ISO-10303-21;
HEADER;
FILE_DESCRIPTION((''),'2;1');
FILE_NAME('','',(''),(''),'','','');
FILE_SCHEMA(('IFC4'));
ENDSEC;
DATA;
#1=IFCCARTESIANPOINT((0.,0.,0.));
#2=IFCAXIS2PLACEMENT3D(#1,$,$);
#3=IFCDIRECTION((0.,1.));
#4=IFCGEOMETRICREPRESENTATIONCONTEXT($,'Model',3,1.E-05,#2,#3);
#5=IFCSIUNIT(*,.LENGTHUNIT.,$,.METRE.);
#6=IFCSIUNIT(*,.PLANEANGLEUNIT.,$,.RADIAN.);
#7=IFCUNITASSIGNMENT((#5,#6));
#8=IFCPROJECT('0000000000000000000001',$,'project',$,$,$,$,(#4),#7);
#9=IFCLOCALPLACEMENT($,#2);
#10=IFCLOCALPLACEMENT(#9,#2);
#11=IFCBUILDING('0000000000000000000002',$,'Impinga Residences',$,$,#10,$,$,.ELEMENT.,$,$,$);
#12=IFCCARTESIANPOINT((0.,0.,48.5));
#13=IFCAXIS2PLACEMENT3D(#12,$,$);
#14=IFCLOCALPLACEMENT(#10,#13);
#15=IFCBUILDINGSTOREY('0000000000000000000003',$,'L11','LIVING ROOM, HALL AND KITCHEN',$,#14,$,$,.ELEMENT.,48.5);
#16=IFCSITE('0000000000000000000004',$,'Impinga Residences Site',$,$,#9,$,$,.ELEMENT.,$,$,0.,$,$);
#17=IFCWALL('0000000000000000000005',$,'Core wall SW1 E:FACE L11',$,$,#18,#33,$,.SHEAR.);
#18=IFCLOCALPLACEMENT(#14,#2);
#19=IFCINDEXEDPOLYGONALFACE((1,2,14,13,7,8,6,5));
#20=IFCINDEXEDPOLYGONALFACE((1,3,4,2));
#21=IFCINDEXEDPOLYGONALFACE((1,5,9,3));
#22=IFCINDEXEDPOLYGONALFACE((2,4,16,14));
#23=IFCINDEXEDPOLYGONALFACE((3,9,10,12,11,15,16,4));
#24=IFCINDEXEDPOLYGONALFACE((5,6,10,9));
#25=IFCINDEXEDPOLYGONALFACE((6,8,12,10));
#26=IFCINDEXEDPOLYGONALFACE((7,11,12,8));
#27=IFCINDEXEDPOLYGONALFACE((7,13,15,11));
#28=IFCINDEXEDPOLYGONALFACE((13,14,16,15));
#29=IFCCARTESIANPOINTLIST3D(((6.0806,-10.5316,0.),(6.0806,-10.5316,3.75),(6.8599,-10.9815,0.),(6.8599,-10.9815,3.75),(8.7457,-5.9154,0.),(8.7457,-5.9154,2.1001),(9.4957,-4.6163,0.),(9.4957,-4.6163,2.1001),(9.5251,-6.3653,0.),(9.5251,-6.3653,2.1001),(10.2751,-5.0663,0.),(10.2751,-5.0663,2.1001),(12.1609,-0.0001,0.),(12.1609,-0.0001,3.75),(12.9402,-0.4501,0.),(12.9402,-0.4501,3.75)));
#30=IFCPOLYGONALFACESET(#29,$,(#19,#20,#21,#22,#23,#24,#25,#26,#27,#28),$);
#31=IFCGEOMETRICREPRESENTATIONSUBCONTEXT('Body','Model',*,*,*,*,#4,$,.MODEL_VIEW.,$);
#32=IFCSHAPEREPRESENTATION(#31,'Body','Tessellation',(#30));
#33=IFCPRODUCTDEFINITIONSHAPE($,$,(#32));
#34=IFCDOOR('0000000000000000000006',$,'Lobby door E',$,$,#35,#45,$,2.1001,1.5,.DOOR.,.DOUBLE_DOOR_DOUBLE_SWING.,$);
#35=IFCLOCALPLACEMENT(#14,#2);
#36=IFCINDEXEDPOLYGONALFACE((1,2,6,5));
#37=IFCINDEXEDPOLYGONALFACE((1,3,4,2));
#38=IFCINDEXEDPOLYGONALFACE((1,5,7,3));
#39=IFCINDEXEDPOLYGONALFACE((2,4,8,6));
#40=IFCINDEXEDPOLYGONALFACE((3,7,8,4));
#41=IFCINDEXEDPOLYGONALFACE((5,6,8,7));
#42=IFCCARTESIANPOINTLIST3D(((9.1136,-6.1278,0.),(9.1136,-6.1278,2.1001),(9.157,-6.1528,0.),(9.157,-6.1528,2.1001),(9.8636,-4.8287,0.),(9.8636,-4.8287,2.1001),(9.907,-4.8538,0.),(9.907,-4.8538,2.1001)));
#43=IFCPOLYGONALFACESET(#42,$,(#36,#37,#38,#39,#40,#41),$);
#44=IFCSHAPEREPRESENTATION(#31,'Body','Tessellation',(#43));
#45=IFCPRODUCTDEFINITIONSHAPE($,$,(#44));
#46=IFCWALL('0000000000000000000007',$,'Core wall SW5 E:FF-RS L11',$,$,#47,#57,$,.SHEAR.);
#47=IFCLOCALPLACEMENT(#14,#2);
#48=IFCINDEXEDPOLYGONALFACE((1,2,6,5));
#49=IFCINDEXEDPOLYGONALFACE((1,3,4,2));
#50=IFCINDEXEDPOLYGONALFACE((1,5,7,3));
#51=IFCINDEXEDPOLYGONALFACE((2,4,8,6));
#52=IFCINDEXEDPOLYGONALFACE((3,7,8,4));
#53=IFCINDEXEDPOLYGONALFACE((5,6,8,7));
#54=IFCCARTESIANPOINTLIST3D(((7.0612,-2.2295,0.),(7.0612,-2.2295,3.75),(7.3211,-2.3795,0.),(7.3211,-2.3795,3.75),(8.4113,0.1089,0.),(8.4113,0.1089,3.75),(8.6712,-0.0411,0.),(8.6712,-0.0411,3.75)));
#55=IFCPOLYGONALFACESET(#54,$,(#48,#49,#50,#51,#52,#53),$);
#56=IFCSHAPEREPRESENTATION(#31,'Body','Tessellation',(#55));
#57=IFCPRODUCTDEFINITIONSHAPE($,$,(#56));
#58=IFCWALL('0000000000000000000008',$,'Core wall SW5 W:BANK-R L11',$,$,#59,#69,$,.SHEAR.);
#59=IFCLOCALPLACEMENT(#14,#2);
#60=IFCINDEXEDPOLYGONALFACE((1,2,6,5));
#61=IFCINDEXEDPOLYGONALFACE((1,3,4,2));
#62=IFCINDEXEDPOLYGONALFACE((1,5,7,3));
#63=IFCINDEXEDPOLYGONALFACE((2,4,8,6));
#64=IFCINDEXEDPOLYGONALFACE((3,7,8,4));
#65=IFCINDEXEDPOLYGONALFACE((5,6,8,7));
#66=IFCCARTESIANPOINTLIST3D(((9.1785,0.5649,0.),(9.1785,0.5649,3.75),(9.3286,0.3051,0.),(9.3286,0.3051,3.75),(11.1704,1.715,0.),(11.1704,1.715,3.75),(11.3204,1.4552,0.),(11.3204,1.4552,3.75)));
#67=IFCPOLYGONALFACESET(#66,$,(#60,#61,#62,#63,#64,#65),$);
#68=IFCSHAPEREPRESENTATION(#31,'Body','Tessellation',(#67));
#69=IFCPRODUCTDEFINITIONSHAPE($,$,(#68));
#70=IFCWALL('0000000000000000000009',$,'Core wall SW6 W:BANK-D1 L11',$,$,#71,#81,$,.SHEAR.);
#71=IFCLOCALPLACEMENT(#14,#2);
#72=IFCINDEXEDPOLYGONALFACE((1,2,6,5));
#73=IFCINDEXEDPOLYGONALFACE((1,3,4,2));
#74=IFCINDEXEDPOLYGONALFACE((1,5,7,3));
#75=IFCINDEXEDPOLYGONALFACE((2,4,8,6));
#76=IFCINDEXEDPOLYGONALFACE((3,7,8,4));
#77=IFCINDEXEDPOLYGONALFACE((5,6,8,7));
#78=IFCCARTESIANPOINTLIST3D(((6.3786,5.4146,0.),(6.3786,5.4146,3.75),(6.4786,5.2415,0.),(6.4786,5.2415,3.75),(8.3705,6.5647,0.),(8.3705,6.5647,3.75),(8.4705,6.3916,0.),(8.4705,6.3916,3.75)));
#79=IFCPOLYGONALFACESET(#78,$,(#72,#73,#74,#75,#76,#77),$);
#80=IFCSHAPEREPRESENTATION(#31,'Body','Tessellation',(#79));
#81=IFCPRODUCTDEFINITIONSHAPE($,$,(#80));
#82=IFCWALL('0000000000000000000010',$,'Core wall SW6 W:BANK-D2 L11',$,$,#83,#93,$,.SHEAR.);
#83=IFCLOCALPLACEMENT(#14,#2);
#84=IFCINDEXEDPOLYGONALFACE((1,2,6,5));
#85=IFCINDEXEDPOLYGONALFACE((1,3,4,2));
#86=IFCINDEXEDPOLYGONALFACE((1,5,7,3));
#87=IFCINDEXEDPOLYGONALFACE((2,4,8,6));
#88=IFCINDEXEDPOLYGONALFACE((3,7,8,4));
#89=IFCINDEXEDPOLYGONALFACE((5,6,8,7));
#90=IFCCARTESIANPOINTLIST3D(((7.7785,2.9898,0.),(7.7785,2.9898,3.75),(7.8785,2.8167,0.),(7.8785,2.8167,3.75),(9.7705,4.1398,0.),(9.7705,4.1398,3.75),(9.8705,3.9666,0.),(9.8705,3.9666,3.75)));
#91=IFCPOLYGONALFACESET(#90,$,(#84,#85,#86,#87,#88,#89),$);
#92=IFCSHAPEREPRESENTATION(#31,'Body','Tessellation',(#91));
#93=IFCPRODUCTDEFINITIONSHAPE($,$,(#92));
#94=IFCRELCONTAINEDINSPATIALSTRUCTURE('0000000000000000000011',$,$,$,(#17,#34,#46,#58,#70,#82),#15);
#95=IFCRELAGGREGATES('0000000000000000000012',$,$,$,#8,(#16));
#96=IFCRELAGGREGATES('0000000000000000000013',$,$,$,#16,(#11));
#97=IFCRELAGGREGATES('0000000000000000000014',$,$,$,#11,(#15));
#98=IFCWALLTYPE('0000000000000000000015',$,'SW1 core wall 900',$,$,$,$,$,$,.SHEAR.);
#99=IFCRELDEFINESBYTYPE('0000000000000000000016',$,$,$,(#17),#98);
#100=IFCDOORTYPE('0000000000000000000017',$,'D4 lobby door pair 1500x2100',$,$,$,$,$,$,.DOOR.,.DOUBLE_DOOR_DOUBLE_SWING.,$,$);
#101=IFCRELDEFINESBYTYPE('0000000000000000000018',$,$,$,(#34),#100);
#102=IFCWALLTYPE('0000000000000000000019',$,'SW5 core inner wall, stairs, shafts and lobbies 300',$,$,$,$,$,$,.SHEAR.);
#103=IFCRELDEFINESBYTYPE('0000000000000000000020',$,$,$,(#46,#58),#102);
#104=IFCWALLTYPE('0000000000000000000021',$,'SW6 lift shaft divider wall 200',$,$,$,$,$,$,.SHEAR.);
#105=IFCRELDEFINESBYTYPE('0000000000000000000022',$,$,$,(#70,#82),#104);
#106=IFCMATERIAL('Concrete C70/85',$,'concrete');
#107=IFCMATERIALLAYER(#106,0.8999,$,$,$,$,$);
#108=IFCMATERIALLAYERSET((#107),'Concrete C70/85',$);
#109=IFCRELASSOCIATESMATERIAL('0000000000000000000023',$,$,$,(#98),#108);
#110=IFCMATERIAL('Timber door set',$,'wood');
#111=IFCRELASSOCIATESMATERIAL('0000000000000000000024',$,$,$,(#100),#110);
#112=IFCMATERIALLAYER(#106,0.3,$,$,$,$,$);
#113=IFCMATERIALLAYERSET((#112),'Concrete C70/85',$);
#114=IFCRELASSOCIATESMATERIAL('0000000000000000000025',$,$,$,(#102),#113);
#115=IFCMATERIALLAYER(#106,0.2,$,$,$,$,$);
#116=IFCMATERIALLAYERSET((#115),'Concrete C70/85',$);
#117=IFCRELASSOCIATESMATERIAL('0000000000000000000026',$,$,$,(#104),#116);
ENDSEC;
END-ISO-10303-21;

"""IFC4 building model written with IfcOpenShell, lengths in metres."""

from ifc_helpers import new_model, si_unit, direction, frame, frame_2d, origin, place, context, subcontext, project, spatial, rectangle, extrude, material, layer, layer_set, type_object, element, fill, save


model = new_model("IFC4")

# Units and contexts
model_context = context("Model", 3, precision=1e-05, world=origin(), true_north=direction((0.0, 1.0)))
body_context = subcontext(model_context, "Body", "Model", "MODEL_VIEW")
ifc_project = project(units=[si_unit("LENGTHUNIT", "METRE"), si_unit("PLANEANGLEUNIT", "RADIAN")], contexts=[model_context])

# Site, building, storey
site_placement = place(None, origin())
site = spatial("IfcSite", under=ifc_project, at=site_placement, Name="Impinga Residences Site", CompositionType="ELEMENT", RefElevation=0.0)
building_placement = place(site_placement, origin())
building = spatial("IfcBuilding", under=site, at=building_placement, Name="Impinga Residences", CompositionType="ELEMENT")
storey_placement = place(building_placement, frame((0.0, 0.0, 48.5)))
storey = spatial("IfcBuildingStorey", under=building, at=storey_placement, Name="L11", Description="LIVING ROOM, HALL AND KITCHEN", CompositionType="ELEMENT", Elevation=48.5)

# Shared definitions
ifc_material_1 = material(Name="Concrete C70/85", Category="concrete")

# Shared definitions
ifc_material_2 = material(Name="Timber door set", Category="wood")

# Wall, opening, door
ifc_layer_1 = layer(ifc_material_1, 0.8999)
ifc_layer_set_1 = layer_set([ifc_layer_1], Name="Concrete C70/85")
wall_type_1 = type_object("IfcWallType", Name="SW1 core wall 900", PredefinedType="SHEAR", material=ifc_layer_set_1)
wall_1_placement = place(storey_placement, frame((12.5505, -0.2251, 0.0), z_axis=(0.0, 0.0, 1.0), x_axis=(-0.499998, -0.866027, 0.0)))
wall_1 = element("IfcWall", 1, at=wall_1_placement, inside=storey, type_object=wall_type_1, Name="Core wall SW1 E:FACE L11", PredefinedType="SHEAR", context=body_context, shape_type="SweptSolid", body=[
    extrude(rectangle(XDim=12.1606, YDim=0.8999, at=frame_2d((6.0803, 0.0))), origin(), (0.0, 0.0, 1.0), 3.75),
])
opening_1_placement = place(wall_1_placement, frame((5.3303, 0.0, 0.0)))
opening_1 = element("IfcOpeningElement", 2, at=opening_1_placement, cuts=wall_1, PredefinedType="OPENING", context=body_context, shape_type="SweptSolid", body=[
    extrude(rectangle(XDim=1.5, YDim=2.1001, at=frame_2d((0.75, 1.05))), frame((0.0, 0.46, 0.0), z_axis=(0.0, -1.0, 0.0), x_axis=(1.0, 0.0, 0.0)), (0.0, 0.0, 1.0), 0.9199),
])
door_type_1 = type_object("IfcDoorType", Name="D4 lobby door pair 1500x2100", OperationType="DOUBLE_DOOR_DOUBLE_SWING", PredefinedType="DOOR", material=ifc_material_2)
door_1_placement = place(opening_1_placement, origin())
door_1 = element("IfcDoor", 3, at=door_1_placement, inside=storey, type_object=door_type_1, Name="Lobby door E", OperationType="DOUBLE_DOOR_DOUBLE_SWING", OverallHeight=2.1001, OverallWidth=1.5, PredefinedType="DOOR", context=body_context, shape_type="SweptSolid", body=[
    extrude(rectangle(XDim=1.5, YDim=2.1001, at=frame_2d((0.75, 1.05))), frame((0.0, 0.0249, 0.0), z_axis=(0.0, -1.0, 0.0), x_axis=(1.0, 0.0, 0.0)), (0.0, 0.0, 1.0), 0.05),
])
fill(opening_1, door_1)

# Walls
ifc_layer_2 = layer(ifc_material_1, 0.3)
ifc_layer_set_2 = layer_set([ifc_layer_2], Name="Concrete C70/85")
wall_type_2 = type_object("IfcWallType", Name="SW5 core inner wall, stairs, shafts and lobbies 300", PredefinedType="SHEAR", material=ifc_layer_set_2)
wall_2_placement = place(storey_placement, frame((8.5413, 0.0339, 0.0), z_axis=(0.0, 0.0, 1.0), x_axis=(-0.500009, -0.86602, 0.0)))
element("IfcWall", 4, at=wall_2_placement, inside=storey, type_object=wall_type_2, Name="Core wall SW5 E:FF-RS L11", PredefinedType="SHEAR", context=body_context, shape_type="SweptSolid", body=[
    extrude(rectangle(XDim=2.7002, YDim=0.3, at=frame_2d((1.3501, 0.0))), origin(), (0.0, 0.0, 1.0), 3.75),
])
wall_3_placement = place(storey_placement, frame((9.2537, 0.4351, 0.0), z_axis=(0.0, 0.0, 1.0), x_axis=(0.866007, 0.500032, 0.0)))
element("IfcWall", 5, at=wall_3_placement, inside=storey, type_object=wall_type_2, Name="Core wall SW5 W:BANK-R L11", PredefinedType="SHEAR", context=body_context, shape_type="SweptSolid", body=[
    extrude(rectangle(XDim=2.3, YDim=0.3, at=frame_2d((1.1499, 0.0))), origin(), (0.0, 0.0, 1.0), 3.75),
])
ifc_layer_3 = layer(ifc_material_1, 0.2)
ifc_layer_set_3 = layer_set([ifc_layer_3], Name="Concrete C70/85")
wall_type_3 = type_object("IfcWallType", Name="SW6 lift shaft divider wall 200", PredefinedType="SHEAR", material=ifc_layer_set_3)
for number, where, z_axis, x_axis, name in (
    (6, (6.4287, 5.3281, 0.0), (0.0, 0.0, 1.0), (0.866007, 0.500032, 0.0), "Core wall SW6 W:BANK-D1 L11"),
    (7, (7.8286, 2.9033, 0.0), (0.0, 0.0, 1.0), (0.866053, 0.499952, 0.0), "Core wall SW6 W:BANK-D2 L11"),
):
    element("IfcWall", number, at=place(storey_placement, frame(where, z_axis=z_axis, x_axis=x_axis)), inside=storey, type_object=wall_type_3, Name=name, PredefinedType="SHEAR", context=body_context, shape_type="SweptSolid", body=[
        extrude(rectangle(XDim=2.3, YDim=0.2, at=frame_2d((1.1499, 0.0))), origin(), (0.0, 0.0, 1.0), 3.75),
    ])

save(model, "model.ifc")
